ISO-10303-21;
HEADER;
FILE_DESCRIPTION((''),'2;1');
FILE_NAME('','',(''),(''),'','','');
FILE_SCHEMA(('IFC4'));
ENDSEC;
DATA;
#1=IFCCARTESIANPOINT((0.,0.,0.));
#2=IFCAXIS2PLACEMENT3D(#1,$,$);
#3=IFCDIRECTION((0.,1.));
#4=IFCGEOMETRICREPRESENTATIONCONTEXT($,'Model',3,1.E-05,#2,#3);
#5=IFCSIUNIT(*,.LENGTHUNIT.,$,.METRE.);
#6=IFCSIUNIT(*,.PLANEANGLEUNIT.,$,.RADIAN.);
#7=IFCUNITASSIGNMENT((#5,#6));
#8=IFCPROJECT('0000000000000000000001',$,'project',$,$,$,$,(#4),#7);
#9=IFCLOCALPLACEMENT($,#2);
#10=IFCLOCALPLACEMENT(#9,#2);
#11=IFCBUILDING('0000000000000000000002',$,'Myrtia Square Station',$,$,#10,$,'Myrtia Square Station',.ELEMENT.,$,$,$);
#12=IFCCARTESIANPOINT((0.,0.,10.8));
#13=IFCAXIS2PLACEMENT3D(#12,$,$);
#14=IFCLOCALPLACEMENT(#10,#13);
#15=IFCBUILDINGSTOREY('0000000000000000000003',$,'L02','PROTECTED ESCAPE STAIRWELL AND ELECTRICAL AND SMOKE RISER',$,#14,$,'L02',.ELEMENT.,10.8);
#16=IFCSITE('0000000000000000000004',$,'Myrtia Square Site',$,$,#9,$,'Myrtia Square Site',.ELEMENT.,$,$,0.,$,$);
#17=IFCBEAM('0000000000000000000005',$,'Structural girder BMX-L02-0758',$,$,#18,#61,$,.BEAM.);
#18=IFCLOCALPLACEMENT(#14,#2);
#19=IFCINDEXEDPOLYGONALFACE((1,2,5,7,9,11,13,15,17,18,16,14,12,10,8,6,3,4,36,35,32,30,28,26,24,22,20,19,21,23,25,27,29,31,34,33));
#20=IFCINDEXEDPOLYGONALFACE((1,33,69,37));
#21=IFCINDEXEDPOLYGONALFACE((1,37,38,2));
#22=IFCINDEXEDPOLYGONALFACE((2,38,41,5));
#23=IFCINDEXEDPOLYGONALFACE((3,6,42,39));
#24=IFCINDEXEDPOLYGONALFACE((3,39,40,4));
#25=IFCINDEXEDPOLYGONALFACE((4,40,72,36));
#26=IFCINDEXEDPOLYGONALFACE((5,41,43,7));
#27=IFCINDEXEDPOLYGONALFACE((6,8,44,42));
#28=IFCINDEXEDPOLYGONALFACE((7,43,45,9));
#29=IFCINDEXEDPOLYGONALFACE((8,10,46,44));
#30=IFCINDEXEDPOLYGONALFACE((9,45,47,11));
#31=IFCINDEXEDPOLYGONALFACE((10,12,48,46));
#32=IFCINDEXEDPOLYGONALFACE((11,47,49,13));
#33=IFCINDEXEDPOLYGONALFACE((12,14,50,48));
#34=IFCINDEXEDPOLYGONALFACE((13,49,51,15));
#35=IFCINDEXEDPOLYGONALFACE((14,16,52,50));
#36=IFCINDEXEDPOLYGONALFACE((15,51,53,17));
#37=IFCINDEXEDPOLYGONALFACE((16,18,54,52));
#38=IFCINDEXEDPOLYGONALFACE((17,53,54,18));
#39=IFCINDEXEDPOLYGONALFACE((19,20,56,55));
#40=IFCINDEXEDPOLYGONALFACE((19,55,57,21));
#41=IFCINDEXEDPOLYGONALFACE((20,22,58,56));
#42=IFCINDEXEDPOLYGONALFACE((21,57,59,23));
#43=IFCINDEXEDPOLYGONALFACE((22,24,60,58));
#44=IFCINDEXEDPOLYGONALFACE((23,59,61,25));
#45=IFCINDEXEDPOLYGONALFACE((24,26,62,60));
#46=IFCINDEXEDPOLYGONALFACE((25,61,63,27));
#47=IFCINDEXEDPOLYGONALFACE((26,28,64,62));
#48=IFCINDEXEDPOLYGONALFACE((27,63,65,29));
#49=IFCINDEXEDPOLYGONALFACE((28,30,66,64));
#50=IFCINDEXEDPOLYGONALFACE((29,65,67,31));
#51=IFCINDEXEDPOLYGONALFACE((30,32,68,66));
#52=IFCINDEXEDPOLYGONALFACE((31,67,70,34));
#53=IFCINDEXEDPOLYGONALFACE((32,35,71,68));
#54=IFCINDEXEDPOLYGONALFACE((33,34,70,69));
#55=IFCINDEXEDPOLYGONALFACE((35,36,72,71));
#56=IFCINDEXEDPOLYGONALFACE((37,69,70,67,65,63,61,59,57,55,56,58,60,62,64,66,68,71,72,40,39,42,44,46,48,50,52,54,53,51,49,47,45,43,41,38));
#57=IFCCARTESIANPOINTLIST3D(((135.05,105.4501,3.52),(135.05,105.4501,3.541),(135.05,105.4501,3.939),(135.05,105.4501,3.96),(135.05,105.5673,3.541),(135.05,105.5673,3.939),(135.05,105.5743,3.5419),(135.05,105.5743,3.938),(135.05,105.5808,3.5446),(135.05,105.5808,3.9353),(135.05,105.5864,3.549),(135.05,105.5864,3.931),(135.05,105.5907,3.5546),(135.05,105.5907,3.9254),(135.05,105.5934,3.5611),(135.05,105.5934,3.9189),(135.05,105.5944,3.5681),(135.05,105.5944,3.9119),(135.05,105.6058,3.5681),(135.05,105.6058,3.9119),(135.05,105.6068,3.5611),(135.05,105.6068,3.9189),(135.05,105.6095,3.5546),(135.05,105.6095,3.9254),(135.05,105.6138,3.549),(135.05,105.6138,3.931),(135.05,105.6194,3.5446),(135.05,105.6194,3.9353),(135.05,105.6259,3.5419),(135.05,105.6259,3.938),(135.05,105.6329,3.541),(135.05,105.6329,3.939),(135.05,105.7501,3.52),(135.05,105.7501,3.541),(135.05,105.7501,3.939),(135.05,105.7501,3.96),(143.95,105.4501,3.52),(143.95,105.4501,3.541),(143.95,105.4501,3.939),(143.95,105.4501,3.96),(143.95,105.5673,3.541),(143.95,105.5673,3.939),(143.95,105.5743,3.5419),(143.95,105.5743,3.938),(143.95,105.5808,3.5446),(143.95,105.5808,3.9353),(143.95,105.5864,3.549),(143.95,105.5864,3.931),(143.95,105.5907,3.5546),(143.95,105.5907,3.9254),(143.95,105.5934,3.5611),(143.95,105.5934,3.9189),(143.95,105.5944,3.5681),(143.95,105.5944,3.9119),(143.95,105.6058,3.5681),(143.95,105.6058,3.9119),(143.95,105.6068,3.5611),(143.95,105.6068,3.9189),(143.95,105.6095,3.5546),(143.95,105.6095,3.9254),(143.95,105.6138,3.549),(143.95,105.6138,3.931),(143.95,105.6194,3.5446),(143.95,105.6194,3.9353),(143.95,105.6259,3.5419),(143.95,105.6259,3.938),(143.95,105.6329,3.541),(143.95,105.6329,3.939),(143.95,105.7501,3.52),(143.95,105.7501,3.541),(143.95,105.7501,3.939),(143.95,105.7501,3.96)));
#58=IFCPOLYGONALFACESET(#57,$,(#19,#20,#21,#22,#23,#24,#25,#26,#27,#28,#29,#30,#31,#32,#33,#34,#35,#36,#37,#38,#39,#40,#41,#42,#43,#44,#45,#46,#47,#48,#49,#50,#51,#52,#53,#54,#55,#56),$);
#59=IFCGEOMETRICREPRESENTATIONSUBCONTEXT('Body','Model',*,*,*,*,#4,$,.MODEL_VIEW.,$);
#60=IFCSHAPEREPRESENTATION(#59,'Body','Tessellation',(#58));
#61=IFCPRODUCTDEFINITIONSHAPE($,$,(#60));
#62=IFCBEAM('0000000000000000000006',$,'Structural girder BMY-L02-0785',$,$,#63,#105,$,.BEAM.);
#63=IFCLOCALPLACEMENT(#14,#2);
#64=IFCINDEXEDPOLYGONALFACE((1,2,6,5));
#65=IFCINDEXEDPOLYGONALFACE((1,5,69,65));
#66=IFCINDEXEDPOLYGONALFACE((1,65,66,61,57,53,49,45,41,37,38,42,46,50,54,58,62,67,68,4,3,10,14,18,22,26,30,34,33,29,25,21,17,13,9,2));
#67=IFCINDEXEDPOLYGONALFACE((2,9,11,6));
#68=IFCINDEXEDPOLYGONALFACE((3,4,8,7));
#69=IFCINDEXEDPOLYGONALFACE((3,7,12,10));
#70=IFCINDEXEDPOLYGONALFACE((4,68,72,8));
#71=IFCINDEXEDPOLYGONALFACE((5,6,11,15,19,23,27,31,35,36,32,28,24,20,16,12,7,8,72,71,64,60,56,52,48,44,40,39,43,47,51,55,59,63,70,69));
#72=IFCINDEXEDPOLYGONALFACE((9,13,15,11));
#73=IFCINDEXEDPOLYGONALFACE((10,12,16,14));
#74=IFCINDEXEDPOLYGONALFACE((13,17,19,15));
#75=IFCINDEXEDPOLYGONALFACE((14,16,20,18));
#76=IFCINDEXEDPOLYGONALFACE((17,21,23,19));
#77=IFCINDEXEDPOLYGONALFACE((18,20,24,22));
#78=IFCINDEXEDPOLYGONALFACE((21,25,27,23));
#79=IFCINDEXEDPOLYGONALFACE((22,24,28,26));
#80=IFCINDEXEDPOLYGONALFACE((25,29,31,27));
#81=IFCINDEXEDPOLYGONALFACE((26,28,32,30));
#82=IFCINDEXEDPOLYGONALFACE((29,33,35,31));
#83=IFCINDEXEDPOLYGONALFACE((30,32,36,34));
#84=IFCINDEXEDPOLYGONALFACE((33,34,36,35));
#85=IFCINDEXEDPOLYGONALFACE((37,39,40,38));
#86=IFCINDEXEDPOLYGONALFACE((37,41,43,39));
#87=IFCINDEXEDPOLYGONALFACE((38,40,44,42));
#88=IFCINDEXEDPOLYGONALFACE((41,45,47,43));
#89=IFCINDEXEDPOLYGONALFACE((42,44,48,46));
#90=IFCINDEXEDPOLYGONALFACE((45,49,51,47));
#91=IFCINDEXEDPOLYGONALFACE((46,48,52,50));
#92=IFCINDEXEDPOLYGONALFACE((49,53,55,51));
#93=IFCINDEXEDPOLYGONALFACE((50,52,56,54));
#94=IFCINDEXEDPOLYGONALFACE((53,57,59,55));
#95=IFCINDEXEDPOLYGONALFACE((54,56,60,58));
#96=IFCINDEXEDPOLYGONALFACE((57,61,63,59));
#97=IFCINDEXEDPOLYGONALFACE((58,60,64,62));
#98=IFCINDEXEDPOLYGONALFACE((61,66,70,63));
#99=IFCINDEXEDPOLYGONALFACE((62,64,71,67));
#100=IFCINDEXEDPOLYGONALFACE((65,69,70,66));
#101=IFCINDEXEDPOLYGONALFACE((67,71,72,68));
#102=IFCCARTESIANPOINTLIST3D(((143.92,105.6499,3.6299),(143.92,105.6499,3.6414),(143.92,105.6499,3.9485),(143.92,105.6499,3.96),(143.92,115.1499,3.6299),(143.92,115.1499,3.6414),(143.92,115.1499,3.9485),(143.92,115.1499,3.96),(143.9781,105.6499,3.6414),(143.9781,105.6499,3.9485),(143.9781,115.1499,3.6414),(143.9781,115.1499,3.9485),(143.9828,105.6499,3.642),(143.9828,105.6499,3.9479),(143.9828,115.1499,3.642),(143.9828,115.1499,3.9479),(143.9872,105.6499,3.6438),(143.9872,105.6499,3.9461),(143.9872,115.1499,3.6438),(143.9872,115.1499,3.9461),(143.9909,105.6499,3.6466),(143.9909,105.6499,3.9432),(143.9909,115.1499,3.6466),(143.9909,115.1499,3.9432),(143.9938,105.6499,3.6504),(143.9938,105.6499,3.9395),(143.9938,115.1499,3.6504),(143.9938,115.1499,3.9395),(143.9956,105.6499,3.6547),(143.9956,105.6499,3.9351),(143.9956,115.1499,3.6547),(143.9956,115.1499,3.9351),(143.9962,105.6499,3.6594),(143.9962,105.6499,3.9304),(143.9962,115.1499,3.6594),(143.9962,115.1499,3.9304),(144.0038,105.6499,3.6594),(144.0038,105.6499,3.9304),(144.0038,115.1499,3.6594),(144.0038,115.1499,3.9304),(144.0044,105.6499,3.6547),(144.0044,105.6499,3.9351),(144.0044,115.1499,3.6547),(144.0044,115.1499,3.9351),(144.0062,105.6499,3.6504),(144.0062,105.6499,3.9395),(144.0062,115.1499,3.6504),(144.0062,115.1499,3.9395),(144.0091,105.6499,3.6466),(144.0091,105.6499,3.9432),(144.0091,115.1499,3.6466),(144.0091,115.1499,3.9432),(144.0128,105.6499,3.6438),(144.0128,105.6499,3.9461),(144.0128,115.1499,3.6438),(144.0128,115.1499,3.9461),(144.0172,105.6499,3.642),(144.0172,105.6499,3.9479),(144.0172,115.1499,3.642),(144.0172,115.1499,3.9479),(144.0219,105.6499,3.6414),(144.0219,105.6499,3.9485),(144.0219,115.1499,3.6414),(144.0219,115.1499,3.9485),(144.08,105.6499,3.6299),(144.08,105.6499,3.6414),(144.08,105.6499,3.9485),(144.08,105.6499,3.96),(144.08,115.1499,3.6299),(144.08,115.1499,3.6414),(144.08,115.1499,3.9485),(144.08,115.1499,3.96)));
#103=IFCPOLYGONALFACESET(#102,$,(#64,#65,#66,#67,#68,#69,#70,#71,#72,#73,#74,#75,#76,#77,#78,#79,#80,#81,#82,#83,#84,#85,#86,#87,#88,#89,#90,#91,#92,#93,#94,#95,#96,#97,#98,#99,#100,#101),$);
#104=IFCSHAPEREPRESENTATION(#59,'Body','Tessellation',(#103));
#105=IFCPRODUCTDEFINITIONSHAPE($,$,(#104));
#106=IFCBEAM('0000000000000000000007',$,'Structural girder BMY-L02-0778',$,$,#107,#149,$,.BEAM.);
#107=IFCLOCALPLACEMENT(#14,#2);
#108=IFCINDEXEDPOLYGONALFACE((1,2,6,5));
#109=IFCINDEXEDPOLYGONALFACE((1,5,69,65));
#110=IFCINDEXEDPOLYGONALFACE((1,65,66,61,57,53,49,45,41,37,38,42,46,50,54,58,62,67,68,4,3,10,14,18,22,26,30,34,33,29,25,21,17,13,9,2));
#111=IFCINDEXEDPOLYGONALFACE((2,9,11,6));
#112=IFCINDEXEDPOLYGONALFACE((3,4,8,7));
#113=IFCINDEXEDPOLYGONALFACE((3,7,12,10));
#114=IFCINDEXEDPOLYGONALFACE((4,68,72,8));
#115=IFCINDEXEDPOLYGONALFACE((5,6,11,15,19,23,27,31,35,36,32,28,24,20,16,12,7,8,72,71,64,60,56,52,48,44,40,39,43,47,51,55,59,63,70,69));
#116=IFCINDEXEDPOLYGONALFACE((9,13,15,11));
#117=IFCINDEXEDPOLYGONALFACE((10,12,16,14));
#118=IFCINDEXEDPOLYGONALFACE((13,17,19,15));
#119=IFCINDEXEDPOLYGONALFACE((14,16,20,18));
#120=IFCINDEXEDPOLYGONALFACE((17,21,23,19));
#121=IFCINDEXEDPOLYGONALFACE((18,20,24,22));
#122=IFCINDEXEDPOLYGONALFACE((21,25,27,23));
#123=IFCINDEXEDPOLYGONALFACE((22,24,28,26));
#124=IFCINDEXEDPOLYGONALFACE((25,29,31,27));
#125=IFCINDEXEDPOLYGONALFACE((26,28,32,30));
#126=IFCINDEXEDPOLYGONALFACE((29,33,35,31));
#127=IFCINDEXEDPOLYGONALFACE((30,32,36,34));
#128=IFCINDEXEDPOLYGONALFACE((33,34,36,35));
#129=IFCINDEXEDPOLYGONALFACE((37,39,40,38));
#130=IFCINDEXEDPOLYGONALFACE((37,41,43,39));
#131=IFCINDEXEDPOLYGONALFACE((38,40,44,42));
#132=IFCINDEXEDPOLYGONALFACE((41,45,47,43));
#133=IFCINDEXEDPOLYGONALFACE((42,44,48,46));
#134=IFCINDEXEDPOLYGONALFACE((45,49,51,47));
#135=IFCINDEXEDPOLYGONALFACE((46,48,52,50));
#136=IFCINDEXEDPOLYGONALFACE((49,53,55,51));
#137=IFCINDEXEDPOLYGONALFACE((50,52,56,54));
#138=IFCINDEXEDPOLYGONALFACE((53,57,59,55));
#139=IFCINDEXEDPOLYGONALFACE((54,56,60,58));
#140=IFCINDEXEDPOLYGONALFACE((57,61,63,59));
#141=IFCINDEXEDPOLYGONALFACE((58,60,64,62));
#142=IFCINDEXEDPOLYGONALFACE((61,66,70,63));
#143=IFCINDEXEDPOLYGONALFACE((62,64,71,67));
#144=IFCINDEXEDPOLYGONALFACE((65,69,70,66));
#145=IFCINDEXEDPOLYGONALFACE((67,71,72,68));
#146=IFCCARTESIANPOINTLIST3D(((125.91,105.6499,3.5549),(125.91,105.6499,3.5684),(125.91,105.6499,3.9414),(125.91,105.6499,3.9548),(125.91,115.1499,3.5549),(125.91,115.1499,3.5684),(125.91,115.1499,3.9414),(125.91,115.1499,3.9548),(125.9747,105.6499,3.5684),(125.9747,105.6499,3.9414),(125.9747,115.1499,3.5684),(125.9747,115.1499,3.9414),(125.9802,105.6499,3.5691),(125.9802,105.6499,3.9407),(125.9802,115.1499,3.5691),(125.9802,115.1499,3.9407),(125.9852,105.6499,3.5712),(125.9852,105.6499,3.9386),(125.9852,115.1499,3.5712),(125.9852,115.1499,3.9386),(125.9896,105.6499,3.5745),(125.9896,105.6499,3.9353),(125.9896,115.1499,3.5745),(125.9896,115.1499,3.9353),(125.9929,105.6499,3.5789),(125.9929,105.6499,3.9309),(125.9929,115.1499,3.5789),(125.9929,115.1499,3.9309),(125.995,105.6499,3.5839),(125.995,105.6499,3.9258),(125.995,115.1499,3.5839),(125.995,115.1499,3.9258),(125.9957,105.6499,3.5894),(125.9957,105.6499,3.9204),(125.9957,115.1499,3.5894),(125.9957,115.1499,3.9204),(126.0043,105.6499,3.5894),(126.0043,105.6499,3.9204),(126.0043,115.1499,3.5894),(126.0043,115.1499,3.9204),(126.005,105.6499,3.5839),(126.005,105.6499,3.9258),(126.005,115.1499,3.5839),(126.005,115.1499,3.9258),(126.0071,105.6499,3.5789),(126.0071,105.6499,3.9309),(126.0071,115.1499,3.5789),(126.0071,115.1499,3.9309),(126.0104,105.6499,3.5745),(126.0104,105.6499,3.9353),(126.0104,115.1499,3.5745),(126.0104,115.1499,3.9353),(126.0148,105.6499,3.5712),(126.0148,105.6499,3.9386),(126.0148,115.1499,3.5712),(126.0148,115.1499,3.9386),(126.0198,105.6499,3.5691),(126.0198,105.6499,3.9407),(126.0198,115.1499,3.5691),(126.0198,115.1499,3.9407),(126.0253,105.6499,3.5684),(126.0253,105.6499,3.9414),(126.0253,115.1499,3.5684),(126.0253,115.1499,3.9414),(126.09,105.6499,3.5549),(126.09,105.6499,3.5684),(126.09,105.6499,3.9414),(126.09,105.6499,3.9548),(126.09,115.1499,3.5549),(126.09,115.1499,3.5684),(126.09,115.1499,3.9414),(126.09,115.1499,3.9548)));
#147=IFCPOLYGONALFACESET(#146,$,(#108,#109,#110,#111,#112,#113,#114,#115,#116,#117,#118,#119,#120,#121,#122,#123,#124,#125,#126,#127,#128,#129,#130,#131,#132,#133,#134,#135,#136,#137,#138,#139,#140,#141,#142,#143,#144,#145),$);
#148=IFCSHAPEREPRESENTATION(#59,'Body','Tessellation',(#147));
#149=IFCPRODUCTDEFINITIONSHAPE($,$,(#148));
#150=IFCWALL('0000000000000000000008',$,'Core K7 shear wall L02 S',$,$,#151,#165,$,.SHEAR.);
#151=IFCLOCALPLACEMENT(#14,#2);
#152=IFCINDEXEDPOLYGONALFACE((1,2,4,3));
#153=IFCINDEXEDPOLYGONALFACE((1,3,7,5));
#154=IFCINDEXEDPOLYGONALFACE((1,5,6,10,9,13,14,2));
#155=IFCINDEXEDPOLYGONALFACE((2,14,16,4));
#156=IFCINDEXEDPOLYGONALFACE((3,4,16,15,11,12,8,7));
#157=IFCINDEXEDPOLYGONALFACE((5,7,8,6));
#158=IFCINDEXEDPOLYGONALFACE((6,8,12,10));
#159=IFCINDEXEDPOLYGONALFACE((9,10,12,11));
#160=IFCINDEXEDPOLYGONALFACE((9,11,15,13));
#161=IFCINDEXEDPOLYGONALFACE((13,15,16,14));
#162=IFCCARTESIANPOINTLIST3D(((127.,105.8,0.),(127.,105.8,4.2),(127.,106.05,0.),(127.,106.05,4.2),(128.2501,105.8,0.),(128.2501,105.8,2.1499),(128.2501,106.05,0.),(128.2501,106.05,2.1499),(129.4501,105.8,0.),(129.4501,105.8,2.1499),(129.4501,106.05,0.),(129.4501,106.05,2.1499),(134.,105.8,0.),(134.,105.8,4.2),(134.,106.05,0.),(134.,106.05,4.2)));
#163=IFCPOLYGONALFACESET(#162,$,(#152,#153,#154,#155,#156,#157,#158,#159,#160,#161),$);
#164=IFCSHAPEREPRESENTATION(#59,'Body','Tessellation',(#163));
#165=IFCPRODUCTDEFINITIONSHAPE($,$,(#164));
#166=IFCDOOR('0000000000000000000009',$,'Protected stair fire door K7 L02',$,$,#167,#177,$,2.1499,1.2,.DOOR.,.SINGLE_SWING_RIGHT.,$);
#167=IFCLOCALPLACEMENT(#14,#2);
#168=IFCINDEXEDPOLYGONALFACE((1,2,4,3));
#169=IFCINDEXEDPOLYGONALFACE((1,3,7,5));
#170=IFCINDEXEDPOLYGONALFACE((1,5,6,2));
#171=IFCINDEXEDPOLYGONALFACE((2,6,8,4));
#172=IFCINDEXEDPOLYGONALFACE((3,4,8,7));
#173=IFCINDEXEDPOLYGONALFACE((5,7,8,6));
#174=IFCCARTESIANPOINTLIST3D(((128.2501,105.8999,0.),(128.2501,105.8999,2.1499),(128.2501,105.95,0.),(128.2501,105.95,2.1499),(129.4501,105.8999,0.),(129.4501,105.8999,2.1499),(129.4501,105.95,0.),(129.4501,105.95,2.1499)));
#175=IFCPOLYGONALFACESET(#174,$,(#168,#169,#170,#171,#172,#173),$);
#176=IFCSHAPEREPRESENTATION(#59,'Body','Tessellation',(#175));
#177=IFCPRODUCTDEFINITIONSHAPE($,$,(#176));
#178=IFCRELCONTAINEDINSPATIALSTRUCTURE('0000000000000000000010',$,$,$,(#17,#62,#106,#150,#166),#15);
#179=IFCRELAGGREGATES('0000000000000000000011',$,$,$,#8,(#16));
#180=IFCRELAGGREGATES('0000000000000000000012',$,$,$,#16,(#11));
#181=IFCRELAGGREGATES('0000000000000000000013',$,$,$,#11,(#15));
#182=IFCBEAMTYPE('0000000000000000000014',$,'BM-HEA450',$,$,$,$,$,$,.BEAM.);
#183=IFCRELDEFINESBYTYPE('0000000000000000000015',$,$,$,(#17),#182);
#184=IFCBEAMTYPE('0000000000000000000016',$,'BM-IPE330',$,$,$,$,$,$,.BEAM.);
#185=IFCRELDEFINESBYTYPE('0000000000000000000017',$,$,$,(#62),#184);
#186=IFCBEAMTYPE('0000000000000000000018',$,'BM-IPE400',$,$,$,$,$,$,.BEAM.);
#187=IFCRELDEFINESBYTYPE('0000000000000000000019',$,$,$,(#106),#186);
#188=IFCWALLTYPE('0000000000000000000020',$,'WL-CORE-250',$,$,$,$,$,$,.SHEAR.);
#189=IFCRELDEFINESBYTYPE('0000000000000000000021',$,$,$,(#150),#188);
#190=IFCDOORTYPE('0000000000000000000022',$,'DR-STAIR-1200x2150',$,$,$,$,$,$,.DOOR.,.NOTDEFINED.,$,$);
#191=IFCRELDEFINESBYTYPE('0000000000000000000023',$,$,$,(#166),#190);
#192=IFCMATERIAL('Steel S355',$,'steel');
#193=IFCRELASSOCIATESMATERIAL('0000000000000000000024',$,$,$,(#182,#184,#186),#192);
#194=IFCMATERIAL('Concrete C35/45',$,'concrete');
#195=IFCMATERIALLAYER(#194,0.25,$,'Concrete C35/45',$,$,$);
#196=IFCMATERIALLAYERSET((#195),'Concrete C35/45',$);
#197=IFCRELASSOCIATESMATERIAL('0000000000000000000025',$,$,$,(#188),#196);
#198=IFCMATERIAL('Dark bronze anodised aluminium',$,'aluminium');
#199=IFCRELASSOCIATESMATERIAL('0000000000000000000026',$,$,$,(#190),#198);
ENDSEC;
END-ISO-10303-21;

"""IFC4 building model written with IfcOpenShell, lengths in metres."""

from ifc_helpers import new_model, si_unit, direction, frame, frame_2d, origin, origin_2d, place, context, subcontext, project, spatial, rectangle, i_section, extrude, material, layer, layer_set, material_profile, profile_set, type_object, element, fill, save


model = new_model("IFC4")

# Units and contexts
model_context = context("Model", 3, precision=1e-05, world=origin(), true_north=direction((0.0, 1.0)))
body_context = subcontext(model_context, "Body", "Model", "MODEL_VIEW")
ifc_project = project(units=[si_unit("LENGTHUNIT", "METRE"), si_unit("PLANEANGLEUNIT", "RADIAN")], contexts=[model_context])

# Site, building, storey
site_placement = place(None, origin())
site = spatial("IfcSite", under=ifc_project, at=site_placement, Name="Myrtia Square Site", LongName="Myrtia Square Site", CompositionType="ELEMENT", RefElevation=0.0)
building_placement = place(site_placement, origin())
building = spatial("IfcBuilding", under=site, at=building_placement, Name="Myrtia Square Station", LongName="Myrtia Square Station", CompositionType="ELEMENT")
storey_placement = place(building_placement, frame((0.0, 0.0, 10.8)))
storey = spatial("IfcBuildingStorey", under=building, at=storey_placement, Name="L02", Description="PROTECTED ESCAPE STAIRWELL AND ELECTRICAL AND SMOKE RISER", LongName="L02", CompositionType="ELEMENT", Elevation=10.8)

# Shared definitions
ifc_material_1 = material(Name="Steel S355", Category="steel")

# Beams
ifc_material_profile_1 = material_profile(ifc_material_1, i_section(OverallWidth=0.3, OverallDepth=0.4399, WebThickness=0.0115, FlangeThickness=0.021, FilletRadius=0.0271, at=origin_2d()), Name="HEA 450")
ifc_profile_set_1 = profile_set([ifc_material_profile_1], Name="Steel S355")
beam_type_1 = type_object("IfcBeamType", Name="BM-HEA450", PredefinedType="BEAM", material=ifc_profile_set_1)
for number, where, z_axis, x_axis, name in (
    (1, (135.05, 105.6001, 3.74), (1.0, 0.0, 0.0), (0.0, 1.0, 0.0), "Structural girder BMX-L02-0758"),
):
    element("IfcBeam", number, at=place(storey_placement, frame(where, z_axis=z_axis, x_axis=x_axis)), inside=storey, type_object=beam_type_1, Name=name, PredefinedType="BEAM", context=body_context, shape_type="SweptSolid", body=[
        extrude(i_section(OverallWidth=0.3, OverallDepth=0.4399, WebThickness=0.0115, FlangeThickness=0.021, FilletRadius=0.0271, at=origin_2d()), origin(), (0.0, 0.0, 1.0), 8.8999),
    ])
ifc_material_profile_2 = material_profile(ifc_material_1, i_section(OverallWidth=0.1599, OverallDepth=0.3301, WebThickness=0.0076, FlangeThickness=0.0115, FilletRadius=0.0181, at=origin_2d()), Name="IPE 330")
ifc_profile_set_2 = profile_set([ifc_material_profile_2], Name="Steel S355")
beam_type_2 = type_object("IfcBeamType", Name="BM-IPE330", PredefinedType="BEAM", material=ifc_profile_set_2)
beam_1_placement = place(storey_placement, frame((144.0, 105.6499, 3.7949), z_axis=(0.0, 1.0, 0.0), x_axis=(-1.0, 0.0, 0.0)))
element("IfcBeam", 2, at=beam_1_placement, inside=storey, type_object=beam_type_2, Name="Structural girder BMY-L02-0785", PredefinedType="BEAM", context=body_context, shape_type="SweptSolid", body=[
    extrude(i_section(OverallWidth=0.1599, OverallDepth=0.3301, WebThickness=0.0076, FlangeThickness=0.0115, FilletRadius=0.0181, at=origin_2d()), origin(), (0.0, 0.0, 1.0), 9.5),
])
ifc_material_profile_3 = material_profile(ifc_material_1, i_section(OverallWidth=0.1799, OverallDepth=0.3999, WebThickness=0.0085, FlangeThickness=0.0134, FilletRadius=0.021, at=origin_2d()), Name="IPE 400")
ifc_profile_set_3 = profile_set([ifc_material_profile_3], Name="Steel S355")
beam_type_3 = type_object("IfcBeamType", Name="BM-IPE400", PredefinedType="BEAM", material=ifc_profile_set_3)
beam_2_placement = place(storey_placement, frame((126.0, 105.6499, 3.7549), z_axis=(0.0, 1.0, 0.0), x_axis=(-1.0, 0.0, 0.0)))
element("IfcBeam", 3, at=beam_2_placement, inside=storey, type_object=beam_type_3, Name="Structural girder BMY-L02-0778", PredefinedType="BEAM", context=body_context, shape_type="SweptSolid", body=[
    extrude(i_section(OverallWidth=0.1799, OverallDepth=0.3999, WebThickness=0.0085, FlangeThickness=0.0134, FilletRadius=0.021, at=origin_2d()), origin(), (0.0, 0.0, 1.0), 9.5),
])

# Wall, opening, door
ifc_material_2 = material(Name="Concrete C35/45", Category="concrete")
ifc_layer_1 = layer(ifc_material_2, 0.25, Name="Concrete C35/45")
ifc_layer_set_1 = layer_set([ifc_layer_1], Name="Concrete C35/45")
wall_type_1 = type_object("IfcWallType", Name="WL-CORE-250", PredefinedType="SHEAR", material=ifc_layer_set_1)
wall_1_placement = place(storey_placement, frame((127.0, 105.925, 0.0), z_axis=(0.0, 0.0, 1.0), x_axis=(1.0, 0.0, 0.0)))
wall_1 = element("IfcWall", 4, at=wall_1_placement, inside=storey, type_object=wall_type_1, Name="Core K7 shear wall L02 S", PredefinedType="SHEAR", context=body_context, shape_type="SweptSolid", body=[
    extrude(rectangle(XDim=7.0, YDim=0.25, at=frame_2d((3.5, 0.0))), origin(), (0.0, 0.0, 1.0), 4.2),
])
opening_1_placement = place(wall_1_placement, frame((1.25, 0.0, 0.0)))
opening_1 = element("IfcOpeningElement", 5, at=opening_1_placement, cuts=wall_1, PredefinedType="OPENING", context=body_context, shape_type="SweptSolid", body=[
    extrude(rectangle(XDim=1.2, YDim=2.1499, at=frame_2d((0.6001, 1.075))), frame((0.0, 0.1399, 0.0), z_axis=(0.0, -1.0, 0.0), x_axis=(1.0, 0.0, 0.0)), (0.0, 0.0, 1.0), 0.28),
])
ifc_material_3 = material(Name="Dark bronze anodised aluminium", Category="aluminium")
door_type_1 = type_object("IfcDoorType", Name="DR-STAIR-1200x2150", OperationType="NOTDEFINED", PredefinedType="DOOR", material=ifc_material_3)
door_1_placement = place(opening_1_placement, origin())
door_1 = element("IfcDoor", 6, at=door_1_placement, inside=storey, type_object=door_type_1, Name="Protected stair fire door K7 L02", OperationType="SINGLE_SWING_RIGHT", OverallHeight=2.1499, OverallWidth=1.2, PredefinedType="DOOR", context=body_context, shape_type="SweptSolid", body=[
    extrude(rectangle(XDim=1.2, YDim=2.1499, at=frame_2d((0.6001, 1.075))), frame((0.0, 0.0249, 0.0), z_axis=(0.0, -1.0, 0.0), x_axis=(1.0, 0.0, 0.0)), (0.0, 0.0, 1.0), 0.05),
])
fill(opening_1, door_1)

save(model, "model.ifc")
